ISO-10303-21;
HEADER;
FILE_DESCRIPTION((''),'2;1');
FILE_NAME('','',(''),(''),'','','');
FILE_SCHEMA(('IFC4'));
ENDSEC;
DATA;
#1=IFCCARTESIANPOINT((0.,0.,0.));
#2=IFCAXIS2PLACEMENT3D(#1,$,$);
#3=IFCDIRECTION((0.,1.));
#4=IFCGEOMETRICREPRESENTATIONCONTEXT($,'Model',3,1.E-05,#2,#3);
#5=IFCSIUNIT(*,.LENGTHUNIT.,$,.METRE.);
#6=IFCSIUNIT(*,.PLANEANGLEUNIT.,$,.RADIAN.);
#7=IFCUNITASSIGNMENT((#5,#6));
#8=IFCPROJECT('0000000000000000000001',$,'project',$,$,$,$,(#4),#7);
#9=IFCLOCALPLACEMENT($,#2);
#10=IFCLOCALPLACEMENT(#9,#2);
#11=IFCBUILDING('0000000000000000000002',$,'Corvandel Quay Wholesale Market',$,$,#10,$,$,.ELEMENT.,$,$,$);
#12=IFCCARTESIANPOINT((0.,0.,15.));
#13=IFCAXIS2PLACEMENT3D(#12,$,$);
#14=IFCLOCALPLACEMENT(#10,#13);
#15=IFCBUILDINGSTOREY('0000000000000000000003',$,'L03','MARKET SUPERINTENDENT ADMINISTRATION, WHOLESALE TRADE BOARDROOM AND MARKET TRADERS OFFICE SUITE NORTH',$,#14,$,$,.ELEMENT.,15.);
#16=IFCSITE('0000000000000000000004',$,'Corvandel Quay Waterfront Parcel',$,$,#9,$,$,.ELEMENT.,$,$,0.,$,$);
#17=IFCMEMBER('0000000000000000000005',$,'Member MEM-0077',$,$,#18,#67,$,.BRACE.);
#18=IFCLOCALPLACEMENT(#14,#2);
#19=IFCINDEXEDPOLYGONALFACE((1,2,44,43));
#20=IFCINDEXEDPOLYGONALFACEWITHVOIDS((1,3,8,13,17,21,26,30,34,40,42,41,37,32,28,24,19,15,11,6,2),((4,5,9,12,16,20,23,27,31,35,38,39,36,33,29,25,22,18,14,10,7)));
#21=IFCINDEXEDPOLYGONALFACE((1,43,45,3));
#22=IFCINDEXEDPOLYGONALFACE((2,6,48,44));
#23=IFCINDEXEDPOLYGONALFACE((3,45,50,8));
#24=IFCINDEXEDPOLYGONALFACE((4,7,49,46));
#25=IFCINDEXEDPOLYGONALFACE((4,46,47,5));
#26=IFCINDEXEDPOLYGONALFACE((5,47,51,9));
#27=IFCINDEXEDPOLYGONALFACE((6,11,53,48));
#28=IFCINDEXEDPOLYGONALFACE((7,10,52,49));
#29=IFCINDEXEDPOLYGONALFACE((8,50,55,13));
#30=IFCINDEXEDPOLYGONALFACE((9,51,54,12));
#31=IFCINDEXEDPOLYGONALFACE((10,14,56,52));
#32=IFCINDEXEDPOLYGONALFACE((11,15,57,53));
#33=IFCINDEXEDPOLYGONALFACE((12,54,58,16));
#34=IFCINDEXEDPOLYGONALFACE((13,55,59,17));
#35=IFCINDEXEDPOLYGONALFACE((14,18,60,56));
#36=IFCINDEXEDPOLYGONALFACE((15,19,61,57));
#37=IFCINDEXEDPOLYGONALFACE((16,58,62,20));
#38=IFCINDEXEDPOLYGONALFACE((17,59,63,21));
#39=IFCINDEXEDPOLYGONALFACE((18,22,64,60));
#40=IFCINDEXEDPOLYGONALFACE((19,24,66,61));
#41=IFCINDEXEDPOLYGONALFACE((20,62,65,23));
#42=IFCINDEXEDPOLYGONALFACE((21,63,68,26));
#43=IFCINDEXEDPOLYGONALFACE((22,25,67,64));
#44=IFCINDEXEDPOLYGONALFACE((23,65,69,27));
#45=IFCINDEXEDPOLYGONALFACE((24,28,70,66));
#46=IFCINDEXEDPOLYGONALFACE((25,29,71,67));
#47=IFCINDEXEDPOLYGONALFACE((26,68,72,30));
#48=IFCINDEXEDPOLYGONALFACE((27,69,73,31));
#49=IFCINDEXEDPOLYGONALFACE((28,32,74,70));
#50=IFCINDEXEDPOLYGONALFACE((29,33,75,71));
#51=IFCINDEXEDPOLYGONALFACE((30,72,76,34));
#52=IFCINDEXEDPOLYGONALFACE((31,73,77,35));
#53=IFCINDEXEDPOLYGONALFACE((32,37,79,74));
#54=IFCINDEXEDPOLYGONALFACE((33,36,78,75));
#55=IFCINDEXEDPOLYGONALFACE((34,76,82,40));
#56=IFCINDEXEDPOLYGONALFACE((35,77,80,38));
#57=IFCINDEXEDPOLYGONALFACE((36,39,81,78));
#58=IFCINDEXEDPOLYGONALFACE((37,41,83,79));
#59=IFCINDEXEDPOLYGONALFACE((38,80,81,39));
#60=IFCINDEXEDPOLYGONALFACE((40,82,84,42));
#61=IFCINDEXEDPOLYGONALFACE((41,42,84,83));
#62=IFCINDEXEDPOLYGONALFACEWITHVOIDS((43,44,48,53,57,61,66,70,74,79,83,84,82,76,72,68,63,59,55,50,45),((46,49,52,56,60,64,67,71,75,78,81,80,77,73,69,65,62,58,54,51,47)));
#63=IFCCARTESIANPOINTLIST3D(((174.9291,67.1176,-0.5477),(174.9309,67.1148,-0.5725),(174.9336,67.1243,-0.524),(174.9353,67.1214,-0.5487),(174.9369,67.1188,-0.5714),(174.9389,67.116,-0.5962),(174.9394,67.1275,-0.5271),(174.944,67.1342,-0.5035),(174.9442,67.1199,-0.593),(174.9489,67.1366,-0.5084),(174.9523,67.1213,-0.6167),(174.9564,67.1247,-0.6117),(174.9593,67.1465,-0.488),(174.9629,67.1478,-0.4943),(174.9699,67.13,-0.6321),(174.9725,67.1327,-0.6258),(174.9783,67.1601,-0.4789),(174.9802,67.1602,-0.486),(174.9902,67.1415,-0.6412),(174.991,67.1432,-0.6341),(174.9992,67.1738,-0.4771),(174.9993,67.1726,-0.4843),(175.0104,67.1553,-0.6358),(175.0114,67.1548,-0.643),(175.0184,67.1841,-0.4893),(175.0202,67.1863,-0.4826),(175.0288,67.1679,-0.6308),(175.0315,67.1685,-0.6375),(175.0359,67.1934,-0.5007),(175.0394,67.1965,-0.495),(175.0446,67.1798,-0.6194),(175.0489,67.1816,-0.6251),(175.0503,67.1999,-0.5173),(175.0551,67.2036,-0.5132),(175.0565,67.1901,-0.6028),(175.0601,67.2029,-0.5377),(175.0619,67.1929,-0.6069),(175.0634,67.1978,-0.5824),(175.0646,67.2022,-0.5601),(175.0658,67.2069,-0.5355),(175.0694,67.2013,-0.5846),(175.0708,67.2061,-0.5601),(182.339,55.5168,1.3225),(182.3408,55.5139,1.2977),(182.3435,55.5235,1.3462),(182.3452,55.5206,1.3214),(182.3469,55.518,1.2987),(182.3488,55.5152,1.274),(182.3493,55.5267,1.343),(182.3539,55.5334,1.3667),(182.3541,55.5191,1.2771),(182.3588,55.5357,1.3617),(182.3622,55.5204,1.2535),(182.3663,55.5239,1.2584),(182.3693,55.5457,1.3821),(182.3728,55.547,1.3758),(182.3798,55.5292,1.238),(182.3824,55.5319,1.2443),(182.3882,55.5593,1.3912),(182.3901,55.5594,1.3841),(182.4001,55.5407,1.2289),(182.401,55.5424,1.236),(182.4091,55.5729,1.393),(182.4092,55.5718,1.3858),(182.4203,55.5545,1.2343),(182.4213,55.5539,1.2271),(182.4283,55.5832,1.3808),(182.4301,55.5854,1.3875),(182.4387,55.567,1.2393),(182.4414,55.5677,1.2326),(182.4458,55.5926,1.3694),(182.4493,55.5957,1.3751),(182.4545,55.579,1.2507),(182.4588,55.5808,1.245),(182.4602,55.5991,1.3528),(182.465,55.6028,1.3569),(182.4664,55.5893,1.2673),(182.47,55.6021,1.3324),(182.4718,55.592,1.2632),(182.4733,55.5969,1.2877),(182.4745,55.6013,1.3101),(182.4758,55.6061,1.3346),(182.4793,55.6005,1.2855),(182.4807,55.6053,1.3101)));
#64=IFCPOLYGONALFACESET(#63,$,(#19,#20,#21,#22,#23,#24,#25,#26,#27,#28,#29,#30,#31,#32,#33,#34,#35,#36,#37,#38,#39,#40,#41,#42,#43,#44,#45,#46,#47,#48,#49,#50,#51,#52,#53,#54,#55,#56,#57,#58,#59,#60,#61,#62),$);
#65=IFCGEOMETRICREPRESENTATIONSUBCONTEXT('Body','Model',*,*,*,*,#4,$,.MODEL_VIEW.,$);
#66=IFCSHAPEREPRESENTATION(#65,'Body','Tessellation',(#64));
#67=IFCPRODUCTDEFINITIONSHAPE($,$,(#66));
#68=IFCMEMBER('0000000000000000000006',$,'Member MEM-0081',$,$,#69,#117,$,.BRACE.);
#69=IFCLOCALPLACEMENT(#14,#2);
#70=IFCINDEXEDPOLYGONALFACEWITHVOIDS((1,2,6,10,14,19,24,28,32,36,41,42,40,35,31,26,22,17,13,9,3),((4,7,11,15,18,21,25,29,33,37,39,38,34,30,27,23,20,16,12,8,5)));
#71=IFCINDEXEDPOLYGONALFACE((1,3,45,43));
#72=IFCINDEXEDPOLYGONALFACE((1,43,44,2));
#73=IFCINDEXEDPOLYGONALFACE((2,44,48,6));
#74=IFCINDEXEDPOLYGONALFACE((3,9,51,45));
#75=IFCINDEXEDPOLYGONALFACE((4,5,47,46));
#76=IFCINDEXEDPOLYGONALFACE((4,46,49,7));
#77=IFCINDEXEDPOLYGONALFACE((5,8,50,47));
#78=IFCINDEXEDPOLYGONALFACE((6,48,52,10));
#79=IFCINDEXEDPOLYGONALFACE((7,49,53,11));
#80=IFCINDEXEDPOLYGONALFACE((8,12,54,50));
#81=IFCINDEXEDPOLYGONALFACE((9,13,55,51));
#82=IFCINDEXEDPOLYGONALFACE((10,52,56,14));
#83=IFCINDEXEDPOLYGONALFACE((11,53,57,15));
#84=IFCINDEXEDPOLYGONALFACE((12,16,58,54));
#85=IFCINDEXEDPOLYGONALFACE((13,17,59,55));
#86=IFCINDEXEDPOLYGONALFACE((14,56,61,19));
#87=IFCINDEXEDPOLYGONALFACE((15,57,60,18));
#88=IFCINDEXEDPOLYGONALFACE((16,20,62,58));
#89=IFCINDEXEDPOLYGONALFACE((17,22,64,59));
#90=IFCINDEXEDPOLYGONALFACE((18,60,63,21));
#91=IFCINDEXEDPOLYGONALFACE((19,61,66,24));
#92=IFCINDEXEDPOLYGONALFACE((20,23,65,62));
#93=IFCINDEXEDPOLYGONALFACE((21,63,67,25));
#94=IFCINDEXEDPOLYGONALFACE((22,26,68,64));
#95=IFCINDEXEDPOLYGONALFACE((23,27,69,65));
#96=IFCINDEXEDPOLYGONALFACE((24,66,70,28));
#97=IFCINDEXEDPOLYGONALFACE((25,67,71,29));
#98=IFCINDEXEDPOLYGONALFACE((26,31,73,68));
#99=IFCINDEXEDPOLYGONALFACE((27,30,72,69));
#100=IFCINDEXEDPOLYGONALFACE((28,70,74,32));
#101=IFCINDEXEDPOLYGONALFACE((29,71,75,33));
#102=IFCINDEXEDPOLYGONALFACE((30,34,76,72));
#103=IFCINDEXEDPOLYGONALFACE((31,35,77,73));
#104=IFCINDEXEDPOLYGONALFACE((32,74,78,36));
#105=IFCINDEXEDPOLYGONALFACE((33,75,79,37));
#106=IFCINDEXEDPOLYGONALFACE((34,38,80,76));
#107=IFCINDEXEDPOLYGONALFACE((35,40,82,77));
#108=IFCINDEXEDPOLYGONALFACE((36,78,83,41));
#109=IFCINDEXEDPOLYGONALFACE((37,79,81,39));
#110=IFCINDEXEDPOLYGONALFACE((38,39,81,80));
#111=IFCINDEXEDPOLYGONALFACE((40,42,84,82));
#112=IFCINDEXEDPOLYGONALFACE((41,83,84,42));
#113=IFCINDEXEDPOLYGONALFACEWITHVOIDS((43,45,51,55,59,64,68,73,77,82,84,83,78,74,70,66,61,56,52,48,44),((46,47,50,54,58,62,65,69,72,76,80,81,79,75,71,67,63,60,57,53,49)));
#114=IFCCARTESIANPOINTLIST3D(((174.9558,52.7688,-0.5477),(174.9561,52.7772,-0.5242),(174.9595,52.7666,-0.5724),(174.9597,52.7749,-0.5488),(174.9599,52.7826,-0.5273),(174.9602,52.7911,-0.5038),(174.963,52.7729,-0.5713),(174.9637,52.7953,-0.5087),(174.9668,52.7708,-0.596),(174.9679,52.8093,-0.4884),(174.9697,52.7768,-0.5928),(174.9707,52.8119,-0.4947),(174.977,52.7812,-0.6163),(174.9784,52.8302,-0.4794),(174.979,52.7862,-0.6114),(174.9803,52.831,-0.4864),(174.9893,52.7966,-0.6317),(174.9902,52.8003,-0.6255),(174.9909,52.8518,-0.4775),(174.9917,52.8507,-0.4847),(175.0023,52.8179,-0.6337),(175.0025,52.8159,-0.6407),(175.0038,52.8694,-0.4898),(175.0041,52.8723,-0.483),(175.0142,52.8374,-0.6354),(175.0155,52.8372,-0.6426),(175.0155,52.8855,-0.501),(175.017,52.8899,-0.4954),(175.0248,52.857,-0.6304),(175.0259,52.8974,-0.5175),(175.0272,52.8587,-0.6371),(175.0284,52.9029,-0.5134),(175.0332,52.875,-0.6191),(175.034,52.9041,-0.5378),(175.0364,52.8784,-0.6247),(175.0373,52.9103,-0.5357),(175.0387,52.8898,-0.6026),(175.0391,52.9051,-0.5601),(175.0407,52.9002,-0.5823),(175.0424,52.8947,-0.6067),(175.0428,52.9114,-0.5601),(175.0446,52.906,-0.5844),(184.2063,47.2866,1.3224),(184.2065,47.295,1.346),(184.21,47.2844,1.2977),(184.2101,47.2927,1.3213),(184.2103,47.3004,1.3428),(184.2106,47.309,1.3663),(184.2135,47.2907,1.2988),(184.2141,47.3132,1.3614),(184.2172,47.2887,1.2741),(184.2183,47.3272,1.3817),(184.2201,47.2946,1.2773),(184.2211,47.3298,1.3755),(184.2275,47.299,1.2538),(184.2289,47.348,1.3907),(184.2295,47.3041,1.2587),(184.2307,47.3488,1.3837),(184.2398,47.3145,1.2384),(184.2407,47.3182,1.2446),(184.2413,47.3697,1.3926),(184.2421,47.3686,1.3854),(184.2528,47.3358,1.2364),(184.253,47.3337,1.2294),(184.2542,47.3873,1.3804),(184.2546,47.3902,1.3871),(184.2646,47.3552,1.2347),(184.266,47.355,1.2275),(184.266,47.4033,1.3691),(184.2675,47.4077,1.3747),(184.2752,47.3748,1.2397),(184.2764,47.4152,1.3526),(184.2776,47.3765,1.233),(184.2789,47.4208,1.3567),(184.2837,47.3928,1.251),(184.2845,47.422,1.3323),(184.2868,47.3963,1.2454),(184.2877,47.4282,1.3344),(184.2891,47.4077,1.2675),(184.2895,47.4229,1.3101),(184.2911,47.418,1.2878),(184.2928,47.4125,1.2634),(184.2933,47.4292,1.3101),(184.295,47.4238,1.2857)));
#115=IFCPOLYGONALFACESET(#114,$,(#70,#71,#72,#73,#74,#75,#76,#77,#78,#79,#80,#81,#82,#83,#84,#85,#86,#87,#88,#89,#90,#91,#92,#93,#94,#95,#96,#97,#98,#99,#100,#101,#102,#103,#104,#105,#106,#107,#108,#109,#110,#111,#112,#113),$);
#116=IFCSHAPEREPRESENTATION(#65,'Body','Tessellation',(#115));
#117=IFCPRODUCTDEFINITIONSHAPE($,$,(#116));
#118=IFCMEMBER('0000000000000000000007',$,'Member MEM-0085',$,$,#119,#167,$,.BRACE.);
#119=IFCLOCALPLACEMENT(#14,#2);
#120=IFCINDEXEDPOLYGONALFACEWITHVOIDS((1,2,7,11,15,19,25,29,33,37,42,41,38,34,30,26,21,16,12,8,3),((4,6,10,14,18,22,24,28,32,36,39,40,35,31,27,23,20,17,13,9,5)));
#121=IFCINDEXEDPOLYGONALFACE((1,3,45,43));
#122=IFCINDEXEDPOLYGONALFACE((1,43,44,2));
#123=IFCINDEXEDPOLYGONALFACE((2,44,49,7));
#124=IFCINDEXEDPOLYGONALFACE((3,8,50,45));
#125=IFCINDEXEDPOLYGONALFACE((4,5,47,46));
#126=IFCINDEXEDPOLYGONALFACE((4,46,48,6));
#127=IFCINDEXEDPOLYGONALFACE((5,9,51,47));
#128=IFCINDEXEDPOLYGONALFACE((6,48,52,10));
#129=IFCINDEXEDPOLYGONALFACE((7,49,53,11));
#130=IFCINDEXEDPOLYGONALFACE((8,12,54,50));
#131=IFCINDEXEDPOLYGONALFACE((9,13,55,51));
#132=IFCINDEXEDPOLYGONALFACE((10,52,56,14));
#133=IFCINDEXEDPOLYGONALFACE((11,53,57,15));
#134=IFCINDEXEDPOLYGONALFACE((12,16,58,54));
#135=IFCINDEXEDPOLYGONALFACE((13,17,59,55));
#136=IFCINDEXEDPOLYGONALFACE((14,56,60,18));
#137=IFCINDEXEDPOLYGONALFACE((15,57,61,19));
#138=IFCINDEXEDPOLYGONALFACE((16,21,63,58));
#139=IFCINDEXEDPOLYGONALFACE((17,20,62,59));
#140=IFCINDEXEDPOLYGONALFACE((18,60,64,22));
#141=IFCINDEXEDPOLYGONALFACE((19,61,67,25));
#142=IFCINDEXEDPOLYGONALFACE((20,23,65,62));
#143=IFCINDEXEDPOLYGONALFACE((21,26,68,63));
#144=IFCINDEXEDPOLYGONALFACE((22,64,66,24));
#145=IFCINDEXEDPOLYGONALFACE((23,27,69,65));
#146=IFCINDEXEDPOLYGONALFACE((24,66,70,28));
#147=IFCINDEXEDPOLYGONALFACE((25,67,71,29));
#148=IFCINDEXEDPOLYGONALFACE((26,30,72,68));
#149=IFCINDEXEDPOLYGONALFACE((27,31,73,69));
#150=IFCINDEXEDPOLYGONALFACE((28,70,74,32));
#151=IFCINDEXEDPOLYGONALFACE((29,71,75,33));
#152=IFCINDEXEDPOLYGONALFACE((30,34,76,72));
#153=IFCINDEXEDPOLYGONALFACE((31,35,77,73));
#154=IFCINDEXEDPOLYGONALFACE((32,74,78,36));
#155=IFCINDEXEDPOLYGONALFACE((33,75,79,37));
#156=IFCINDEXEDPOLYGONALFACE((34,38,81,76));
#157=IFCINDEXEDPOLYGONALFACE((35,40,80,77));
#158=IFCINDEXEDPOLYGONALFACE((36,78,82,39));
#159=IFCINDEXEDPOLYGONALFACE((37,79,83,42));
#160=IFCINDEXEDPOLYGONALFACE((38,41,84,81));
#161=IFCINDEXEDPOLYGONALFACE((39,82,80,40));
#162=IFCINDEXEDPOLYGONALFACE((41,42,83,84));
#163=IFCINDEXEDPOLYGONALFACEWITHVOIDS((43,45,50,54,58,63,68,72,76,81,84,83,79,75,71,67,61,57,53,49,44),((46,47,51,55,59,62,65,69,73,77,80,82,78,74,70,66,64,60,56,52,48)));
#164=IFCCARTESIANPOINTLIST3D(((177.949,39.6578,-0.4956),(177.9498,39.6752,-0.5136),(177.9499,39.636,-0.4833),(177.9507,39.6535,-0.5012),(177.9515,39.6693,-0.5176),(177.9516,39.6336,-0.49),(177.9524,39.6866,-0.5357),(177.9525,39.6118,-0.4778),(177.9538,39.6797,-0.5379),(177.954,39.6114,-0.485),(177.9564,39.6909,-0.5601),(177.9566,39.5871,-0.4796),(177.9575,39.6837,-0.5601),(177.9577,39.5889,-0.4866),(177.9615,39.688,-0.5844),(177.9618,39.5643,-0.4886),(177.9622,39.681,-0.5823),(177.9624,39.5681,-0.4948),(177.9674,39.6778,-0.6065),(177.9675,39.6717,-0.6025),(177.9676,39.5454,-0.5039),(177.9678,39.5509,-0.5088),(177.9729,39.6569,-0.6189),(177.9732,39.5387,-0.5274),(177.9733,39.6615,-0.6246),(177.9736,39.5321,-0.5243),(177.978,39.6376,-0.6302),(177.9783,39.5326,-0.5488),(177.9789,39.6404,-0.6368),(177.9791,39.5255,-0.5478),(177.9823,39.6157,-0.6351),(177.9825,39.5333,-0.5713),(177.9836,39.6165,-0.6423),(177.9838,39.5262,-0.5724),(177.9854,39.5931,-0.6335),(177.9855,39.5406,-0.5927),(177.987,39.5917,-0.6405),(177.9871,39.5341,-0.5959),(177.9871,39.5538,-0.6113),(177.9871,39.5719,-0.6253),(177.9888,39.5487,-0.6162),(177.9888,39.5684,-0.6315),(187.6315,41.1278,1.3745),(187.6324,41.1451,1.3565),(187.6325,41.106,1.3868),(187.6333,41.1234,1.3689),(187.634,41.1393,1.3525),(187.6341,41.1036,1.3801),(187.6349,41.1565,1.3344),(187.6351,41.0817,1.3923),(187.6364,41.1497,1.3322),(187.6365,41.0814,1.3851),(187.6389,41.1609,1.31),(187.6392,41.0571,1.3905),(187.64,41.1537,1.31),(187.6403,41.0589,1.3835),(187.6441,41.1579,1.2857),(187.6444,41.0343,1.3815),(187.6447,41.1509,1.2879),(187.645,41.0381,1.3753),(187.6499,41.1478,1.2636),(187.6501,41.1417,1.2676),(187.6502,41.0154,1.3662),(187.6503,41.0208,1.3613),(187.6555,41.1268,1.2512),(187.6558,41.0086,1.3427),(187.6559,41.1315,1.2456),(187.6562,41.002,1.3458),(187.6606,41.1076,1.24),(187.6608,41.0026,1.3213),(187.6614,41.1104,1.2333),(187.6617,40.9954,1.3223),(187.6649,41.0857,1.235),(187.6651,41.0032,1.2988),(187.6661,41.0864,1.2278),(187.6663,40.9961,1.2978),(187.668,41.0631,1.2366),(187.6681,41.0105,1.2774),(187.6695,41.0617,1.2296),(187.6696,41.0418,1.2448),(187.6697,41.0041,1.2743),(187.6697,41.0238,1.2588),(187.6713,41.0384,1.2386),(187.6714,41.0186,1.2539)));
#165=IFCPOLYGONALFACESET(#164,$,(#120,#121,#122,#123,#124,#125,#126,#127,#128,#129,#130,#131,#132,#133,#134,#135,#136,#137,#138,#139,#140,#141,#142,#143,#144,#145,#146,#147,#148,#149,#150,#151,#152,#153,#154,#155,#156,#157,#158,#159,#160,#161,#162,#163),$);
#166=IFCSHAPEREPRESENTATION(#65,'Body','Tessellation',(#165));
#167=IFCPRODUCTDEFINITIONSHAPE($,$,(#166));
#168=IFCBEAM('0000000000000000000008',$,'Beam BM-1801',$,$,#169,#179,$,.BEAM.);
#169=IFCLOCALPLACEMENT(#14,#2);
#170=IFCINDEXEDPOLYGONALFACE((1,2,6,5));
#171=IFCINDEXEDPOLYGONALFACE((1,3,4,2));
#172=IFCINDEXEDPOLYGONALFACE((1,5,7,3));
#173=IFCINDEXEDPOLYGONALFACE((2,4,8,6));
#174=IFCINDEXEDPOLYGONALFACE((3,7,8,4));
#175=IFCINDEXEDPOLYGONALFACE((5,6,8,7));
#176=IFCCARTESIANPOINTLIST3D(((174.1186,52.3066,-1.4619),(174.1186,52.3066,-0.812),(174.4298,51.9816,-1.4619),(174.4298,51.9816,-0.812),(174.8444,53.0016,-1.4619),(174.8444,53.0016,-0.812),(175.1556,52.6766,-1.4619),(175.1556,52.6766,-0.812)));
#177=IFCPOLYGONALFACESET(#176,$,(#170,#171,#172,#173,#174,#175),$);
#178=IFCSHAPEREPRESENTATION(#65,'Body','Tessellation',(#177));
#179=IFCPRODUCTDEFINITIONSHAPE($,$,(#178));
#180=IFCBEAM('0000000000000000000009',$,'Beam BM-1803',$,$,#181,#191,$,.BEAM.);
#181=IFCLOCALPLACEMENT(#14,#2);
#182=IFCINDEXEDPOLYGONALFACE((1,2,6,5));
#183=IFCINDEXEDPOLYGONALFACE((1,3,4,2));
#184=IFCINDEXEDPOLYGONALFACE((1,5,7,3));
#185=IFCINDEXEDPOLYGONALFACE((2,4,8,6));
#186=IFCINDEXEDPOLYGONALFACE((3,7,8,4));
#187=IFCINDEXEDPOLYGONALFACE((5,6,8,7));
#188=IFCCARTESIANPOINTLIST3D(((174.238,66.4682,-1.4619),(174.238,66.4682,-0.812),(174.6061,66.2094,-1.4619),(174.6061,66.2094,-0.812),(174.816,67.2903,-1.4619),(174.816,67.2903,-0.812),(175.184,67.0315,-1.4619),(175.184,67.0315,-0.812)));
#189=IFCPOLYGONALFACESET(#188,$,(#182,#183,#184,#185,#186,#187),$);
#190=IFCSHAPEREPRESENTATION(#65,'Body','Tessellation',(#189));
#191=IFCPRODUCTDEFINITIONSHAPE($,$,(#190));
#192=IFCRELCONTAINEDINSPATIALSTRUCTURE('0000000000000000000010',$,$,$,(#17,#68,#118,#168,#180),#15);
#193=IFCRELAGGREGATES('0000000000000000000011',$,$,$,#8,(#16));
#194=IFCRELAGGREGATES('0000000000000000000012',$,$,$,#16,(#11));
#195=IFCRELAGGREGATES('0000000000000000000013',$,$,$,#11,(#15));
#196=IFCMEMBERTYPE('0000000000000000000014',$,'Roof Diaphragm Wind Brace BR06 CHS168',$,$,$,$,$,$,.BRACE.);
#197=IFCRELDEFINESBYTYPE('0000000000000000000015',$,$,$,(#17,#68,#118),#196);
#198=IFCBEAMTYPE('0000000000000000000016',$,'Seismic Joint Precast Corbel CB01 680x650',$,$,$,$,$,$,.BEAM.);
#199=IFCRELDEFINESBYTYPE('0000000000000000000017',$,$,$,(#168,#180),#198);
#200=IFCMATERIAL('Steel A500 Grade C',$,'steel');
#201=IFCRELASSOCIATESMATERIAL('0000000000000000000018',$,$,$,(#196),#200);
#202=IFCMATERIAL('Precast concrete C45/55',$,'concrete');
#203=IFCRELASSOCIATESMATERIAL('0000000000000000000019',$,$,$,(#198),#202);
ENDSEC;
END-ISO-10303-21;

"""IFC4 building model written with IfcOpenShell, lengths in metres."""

from ifc_helpers import new_model, si_unit, direction, frame, origin, origin_2d, place, context, subcontext, project, spatial, rectangle, hollow_circle, extrude, material, material_profile, profile_set, type_object, element, save


model = new_model("IFC4")

# Units and contexts
model_context = context("Model", 3, precision=1e-05, world=origin(), true_north=direction((0.0, 1.0)))
body_context = subcontext(model_context, "Body", "Model", "MODEL_VIEW")
ifc_project = project(units=[si_unit("LENGTHUNIT", "METRE"), si_unit("PLANEANGLEUNIT", "RADIAN")], contexts=[model_context])

# Site, building, storey
site_placement = place(None, origin())
site = spatial("IfcSite", under=ifc_project, at=site_placement, Name="Corvandel Quay Waterfront Parcel", CompositionType="ELEMENT", RefElevation=0.0)
building_placement = place(site_placement, origin())
building = spatial("IfcBuilding", under=site, at=building_placement, Name="Corvandel Quay Wholesale Market", CompositionType="ELEMENT")
storey_placement = place(building_placement, frame((0.0, 0.0, 15.0)))
storey = spatial("IfcBuildingStorey", under=building, at=storey_placement, Name="L03", Description="MARKET SUPERINTENDENT ADMINISTRATION, WHOLESALE TRADE BOARDROOM AND MARKET TRADERS OFFICE SUITE NORTH", CompositionType="ELEMENT", Elevation=15.0)

# Shared definitions
ifc_material_1 = material(Name="Precast concrete C45/55", Category="concrete")

# Members
ifc_material_2 = material(Name="Steel A500 Grade C", Category="steel")
ifc_material_profile_1 = material_profile(ifc_material_2, hollow_circle(Radius=0.084, WallThickness=0.0073, at=origin_2d()), Name="HSS6.625X0.312")
ifc_profile_set_1 = profile_set([ifc_material_profile_1], Name="Steel A500 Grade C")
member_type_1 = type_object("IfcMemberType", Name="Roof Diaphragm Wind Brace BR06 CHS168", PredefinedType="BRACE", material=ifc_profile_set_1)
member_1_placement = place(storey_placement, frame((175.0, 67.1609, -0.5601), z_axis=(0.5334, -0.835082, 0.13462), x_axis=(0.842753, 0.5383, 0.0)))
element("IfcMember", 1, at=member_1_placement, inside=storey, type_object=member_type_1, Name="Member MEM-0077", PredefinedType="BRACE", context=body_context, shape_type="SweptSolid", body=[
    extrude(hollow_circle(Radius=0.084, WallThickness=0.0073, at=origin_2d()), origin(), (0.0, 0.0, 1.0), 13.8918),
])
member_2_placement = place(storey_placement, frame((175.0, 52.8391, -0.5601), z_axis=(0.847552, -0.502291, 0.171345), x_axis=(0.50983, 0.860275, 0.0)))
element("IfcMember", 2, at=member_2_placement, inside=storey, type_object=member_type_1, Name="Member MEM-0081", PredefinedType="BRACE", context=body_context, shape_type="SweptSolid", body=[
    extrude(hollow_circle(Radius=0.084, WallThickness=0.0073, at=origin_2d()), origin(), (0.0, 0.0, 1.0), 10.9143),
])
member_3_placement = place(storey_placement, frame((177.969, 39.6079, -0.5601), z_axis=(0.971125, 0.147432, 0.187565), x_axis=(-0.150096, 0.988671, 0.0)))
element("IfcMember", 3, at=member_3_placement, inside=storey, type_object=member_type_1, Name="Member MEM-0085", PredefinedType="BRACE", context=body_context, shape_type="SweptSolid", body=[
    extrude(hollow_circle(Radius=0.084, WallThickness=0.0073, at=origin_2d()), origin(), (0.0, 0.0, 1.0), 9.9705),
])

# Beams
ifc_material_profile_2 = material_profile(ifc_material_1, rectangle(XDim=0.45, YDim=0.6499, at=origin_2d()), Name="PC-COR-680x650")
ifc_profile_set_2 = profile_set([ifc_material_profile_2], Name="Precast concrete C45/55")
beam_type_1 = type_object("IfcBeamType", Name="Seismic Joint Precast Corbel CB01 680x650", PredefinedType="BEAM", material=ifc_profile_set_2)
for number, where, z_axis, x_axis, name in (
    (4, (175.0, 52.8391, -1.137), (-0.722246, -0.691636, 0.0), (0.691636, -0.722246, 0.0), "Beam BM-1801"),
    (5, (175.0, 67.1609, -1.137), (-0.575108, -0.818077, 0.0), (0.818077, -0.575108, 0.0), "Beam BM-1803"),
):
    element("IfcBeam", number, at=place(storey_placement, frame(where, z_axis=z_axis, x_axis=x_axis)), inside=storey, type_object=beam_type_1, Name=name, PredefinedType="BEAM", context=body_context, shape_type="SweptSolid", body=[
        extrude(rectangle(XDim=0.45, YDim=0.6499, at=origin_2d()), origin(), (0.0, 0.0, 1.0), 1.0049),
    ])

save(model, "model.ifc")
